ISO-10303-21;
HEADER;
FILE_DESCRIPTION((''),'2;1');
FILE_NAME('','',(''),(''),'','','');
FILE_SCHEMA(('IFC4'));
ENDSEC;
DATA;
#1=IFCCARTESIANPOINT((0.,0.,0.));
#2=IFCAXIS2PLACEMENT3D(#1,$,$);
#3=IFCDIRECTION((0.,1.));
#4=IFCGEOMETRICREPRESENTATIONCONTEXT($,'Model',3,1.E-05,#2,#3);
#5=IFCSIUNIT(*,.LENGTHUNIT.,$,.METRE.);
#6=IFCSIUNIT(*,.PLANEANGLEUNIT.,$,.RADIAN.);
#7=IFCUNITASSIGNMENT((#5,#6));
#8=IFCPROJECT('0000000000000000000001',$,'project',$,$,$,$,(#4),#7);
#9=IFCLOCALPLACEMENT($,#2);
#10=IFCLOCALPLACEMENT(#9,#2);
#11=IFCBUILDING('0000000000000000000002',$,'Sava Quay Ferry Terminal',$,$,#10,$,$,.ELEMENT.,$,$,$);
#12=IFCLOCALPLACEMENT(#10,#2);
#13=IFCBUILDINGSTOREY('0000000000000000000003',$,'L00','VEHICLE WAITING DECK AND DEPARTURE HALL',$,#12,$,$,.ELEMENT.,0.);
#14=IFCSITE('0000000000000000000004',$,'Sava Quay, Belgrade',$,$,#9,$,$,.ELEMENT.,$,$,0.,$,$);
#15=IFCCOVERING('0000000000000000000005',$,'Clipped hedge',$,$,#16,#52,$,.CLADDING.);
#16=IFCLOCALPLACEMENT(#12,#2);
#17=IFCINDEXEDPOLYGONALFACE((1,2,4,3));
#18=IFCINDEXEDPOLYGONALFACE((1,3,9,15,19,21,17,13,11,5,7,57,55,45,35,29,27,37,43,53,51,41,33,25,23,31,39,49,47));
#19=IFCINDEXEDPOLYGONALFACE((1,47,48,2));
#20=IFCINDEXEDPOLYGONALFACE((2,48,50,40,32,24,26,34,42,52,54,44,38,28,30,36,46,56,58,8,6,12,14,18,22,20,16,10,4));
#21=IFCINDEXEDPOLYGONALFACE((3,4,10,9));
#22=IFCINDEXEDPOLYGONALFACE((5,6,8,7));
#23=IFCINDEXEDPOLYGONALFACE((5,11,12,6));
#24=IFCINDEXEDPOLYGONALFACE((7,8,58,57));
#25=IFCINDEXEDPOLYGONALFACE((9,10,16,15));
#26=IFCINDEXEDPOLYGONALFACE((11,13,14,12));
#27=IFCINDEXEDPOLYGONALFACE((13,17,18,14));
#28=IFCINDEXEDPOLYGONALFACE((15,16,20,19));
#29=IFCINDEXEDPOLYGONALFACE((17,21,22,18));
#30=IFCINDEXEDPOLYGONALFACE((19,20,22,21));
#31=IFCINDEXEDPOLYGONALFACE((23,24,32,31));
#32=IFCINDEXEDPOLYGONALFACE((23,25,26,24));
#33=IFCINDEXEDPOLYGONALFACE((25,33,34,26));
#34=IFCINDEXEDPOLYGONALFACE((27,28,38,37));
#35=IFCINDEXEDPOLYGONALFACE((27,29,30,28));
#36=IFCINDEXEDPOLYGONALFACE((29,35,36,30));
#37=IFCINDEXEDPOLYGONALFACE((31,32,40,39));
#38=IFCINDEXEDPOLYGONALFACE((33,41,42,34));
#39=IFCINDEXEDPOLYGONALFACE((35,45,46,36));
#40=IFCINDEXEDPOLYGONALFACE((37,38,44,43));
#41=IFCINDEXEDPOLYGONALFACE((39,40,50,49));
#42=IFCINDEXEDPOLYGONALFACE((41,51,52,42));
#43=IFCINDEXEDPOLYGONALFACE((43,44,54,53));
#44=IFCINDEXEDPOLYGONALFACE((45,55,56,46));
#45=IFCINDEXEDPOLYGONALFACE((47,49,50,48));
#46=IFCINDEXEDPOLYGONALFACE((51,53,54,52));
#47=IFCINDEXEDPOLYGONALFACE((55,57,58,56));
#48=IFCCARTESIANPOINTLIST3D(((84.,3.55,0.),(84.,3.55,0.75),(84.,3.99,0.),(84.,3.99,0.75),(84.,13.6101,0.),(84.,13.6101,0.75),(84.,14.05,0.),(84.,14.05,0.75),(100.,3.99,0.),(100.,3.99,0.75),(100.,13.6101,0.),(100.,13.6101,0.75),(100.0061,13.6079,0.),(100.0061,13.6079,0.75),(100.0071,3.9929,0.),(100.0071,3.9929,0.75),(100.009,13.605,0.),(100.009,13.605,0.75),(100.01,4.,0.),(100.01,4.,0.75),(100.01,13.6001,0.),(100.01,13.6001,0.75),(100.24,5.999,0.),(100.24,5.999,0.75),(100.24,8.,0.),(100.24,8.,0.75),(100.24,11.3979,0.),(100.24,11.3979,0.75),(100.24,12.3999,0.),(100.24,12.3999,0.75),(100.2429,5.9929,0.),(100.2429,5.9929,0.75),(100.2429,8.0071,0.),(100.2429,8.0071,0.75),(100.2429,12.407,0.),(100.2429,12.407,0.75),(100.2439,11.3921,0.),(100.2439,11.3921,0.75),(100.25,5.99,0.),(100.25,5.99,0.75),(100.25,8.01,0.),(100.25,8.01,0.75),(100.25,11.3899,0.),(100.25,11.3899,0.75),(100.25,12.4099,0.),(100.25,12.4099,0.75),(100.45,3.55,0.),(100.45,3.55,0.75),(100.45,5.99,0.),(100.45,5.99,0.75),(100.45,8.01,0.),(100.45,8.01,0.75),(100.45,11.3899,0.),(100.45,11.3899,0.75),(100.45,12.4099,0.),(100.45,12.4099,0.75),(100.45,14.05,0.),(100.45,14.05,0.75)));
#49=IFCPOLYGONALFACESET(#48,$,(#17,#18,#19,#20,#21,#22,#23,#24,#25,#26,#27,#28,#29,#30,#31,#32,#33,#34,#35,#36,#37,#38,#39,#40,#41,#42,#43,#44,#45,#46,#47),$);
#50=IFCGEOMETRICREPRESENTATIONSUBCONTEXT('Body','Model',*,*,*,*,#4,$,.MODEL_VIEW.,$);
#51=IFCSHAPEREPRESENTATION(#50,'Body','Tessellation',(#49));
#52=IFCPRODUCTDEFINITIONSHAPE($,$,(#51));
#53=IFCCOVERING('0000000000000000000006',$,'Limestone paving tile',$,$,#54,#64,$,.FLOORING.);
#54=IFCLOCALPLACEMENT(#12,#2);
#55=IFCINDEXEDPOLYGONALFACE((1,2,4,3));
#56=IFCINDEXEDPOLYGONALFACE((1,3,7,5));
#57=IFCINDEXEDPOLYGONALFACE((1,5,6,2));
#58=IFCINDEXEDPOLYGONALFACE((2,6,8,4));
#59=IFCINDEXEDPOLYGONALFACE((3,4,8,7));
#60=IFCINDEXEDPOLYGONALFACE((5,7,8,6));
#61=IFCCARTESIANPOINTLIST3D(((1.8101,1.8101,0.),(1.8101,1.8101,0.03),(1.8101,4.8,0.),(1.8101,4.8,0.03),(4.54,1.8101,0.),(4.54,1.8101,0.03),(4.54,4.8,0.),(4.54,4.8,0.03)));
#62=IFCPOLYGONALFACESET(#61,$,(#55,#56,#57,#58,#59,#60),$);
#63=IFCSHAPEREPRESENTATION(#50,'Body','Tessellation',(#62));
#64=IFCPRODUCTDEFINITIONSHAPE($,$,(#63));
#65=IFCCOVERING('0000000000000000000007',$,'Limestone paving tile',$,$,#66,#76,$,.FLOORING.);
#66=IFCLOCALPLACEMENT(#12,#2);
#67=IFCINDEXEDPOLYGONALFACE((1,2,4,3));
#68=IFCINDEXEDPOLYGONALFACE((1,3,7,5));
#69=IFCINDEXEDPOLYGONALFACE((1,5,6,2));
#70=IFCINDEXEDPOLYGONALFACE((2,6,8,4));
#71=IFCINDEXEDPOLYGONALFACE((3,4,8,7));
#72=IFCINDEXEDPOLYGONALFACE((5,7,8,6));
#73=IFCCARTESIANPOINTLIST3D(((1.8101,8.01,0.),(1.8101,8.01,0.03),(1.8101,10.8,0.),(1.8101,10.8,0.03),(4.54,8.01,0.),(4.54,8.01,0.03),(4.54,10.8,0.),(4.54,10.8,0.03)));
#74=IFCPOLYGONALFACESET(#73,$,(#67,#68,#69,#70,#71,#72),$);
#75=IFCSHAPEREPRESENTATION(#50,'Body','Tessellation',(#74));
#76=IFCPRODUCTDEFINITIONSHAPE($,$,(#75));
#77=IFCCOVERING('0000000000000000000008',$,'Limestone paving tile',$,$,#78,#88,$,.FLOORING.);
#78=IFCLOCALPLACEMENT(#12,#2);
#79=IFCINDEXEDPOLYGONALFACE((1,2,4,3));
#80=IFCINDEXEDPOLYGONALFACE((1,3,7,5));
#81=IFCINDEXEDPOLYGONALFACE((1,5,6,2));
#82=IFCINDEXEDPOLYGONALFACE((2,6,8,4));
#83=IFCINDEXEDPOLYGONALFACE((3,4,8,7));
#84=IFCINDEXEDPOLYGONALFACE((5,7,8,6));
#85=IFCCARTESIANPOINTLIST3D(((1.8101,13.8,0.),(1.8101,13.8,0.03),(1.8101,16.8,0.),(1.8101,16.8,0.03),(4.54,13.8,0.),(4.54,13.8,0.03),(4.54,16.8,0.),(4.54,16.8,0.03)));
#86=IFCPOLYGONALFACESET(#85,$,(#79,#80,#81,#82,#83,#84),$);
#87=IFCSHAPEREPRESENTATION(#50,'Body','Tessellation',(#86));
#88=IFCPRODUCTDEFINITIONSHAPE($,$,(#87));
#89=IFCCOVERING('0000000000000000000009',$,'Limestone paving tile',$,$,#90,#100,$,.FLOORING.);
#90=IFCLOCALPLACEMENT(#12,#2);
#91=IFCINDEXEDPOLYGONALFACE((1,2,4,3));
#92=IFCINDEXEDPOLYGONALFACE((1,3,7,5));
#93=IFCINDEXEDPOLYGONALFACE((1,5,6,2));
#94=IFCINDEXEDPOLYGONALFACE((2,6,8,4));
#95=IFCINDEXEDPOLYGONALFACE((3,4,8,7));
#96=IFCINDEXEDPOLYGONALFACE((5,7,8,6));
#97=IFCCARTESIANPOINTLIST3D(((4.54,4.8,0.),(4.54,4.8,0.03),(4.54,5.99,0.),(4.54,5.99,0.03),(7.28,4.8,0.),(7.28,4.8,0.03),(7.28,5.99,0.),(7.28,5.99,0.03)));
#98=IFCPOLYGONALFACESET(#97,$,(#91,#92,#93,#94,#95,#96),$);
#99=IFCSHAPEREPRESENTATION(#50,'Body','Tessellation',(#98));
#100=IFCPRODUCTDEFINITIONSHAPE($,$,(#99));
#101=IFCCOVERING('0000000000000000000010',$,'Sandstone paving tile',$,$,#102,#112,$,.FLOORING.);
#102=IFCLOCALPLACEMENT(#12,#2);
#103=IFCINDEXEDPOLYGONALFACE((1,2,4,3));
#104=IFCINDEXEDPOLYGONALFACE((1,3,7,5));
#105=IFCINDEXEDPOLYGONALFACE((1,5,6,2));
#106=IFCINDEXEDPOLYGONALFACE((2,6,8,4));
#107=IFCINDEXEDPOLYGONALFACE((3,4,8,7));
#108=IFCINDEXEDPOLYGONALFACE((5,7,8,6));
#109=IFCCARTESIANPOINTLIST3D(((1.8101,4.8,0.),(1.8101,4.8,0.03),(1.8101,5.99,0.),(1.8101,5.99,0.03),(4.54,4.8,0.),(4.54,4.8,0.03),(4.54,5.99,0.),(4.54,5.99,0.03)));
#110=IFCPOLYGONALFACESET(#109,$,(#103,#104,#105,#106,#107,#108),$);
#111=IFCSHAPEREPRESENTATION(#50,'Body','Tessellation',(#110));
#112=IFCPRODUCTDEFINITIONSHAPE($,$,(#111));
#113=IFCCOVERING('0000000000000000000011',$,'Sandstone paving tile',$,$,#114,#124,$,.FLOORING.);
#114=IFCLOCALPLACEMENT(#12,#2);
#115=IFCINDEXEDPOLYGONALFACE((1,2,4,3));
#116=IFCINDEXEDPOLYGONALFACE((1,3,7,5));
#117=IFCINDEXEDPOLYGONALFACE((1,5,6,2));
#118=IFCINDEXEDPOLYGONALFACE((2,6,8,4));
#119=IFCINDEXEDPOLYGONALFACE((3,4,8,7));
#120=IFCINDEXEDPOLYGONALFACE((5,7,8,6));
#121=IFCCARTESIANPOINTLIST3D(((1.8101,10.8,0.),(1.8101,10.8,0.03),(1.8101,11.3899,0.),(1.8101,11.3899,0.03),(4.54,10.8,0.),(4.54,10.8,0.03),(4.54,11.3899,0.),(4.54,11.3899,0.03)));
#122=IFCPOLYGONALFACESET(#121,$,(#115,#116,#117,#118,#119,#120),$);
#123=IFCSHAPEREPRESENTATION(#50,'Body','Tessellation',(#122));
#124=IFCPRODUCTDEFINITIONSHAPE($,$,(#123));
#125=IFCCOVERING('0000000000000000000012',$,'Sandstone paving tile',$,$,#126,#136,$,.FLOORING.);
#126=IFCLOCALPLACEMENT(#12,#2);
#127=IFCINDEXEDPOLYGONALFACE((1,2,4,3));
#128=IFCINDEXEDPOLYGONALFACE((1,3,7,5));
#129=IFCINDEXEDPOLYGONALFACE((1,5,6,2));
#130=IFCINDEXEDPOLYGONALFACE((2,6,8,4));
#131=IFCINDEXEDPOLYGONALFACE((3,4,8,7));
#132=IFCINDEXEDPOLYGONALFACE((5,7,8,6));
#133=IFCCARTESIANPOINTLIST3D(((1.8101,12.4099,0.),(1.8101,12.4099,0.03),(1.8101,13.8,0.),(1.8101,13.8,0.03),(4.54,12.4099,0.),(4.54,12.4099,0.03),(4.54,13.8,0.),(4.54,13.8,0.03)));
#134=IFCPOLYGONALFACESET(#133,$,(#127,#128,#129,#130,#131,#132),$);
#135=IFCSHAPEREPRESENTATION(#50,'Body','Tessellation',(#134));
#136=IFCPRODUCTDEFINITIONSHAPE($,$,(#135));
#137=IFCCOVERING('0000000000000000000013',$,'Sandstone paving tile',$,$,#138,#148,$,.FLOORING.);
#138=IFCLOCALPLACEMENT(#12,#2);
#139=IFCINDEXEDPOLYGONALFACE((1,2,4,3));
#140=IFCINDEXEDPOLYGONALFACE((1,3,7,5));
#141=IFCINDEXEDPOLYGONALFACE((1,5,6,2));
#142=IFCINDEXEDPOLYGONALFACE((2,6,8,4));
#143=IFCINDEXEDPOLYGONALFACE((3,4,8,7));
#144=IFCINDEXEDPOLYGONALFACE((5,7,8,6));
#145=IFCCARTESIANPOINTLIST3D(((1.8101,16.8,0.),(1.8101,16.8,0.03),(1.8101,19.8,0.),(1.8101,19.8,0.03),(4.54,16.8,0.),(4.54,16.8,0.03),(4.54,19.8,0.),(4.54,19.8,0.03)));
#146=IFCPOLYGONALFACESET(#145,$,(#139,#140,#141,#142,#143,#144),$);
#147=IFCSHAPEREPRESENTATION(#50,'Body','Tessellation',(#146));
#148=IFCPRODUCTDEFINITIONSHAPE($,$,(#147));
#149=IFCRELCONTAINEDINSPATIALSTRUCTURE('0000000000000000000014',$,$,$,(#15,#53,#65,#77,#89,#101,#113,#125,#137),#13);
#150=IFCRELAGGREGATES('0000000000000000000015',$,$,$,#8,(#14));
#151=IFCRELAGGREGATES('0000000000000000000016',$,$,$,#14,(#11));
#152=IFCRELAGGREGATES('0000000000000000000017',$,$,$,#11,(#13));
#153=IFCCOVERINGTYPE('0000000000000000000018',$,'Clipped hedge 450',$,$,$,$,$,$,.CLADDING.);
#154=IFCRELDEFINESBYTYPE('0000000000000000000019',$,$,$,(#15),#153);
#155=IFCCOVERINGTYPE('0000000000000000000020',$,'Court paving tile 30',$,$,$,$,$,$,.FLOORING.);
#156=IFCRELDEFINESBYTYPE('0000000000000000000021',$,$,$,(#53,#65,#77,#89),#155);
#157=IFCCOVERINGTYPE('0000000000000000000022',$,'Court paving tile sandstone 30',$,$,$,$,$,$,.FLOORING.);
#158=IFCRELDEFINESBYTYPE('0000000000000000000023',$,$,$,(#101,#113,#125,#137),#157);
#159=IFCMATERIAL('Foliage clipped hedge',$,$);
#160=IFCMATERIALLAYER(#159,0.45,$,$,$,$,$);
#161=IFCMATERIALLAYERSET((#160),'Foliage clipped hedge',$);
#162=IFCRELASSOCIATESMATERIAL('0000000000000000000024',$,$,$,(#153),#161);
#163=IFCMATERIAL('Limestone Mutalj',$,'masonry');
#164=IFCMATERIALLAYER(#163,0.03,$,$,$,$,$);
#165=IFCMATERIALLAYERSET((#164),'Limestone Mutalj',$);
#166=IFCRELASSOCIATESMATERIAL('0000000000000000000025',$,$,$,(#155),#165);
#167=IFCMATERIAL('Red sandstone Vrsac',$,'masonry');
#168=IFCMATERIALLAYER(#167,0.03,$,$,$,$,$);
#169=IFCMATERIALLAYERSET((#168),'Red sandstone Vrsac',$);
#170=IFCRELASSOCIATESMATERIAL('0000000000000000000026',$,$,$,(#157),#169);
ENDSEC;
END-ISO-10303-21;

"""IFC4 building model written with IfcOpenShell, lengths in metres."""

from ifc_helpers import new_model, si_unit, direction, origin, place, context, subcontext, project, spatial, polyline, outline, extrude, material, layer, layer_set, type_object, element, save


model = new_model("IFC4")

# Units and contexts
model_context = context("Model", 3, precision=1e-05, world=origin(), true_north=direction((0.0, 1.0)))
body_context = subcontext(model_context, "Body", "Model", "MODEL_VIEW")
ifc_project = project(units=[si_unit("LENGTHUNIT", "METRE"), si_unit("PLANEANGLEUNIT", "RADIAN")], contexts=[model_context])

# Site, building, storey
site_placement = place(None, origin())
site = spatial("IfcSite", under=ifc_project, at=site_placement, Name="Sava Quay, Belgrade", CompositionType="ELEMENT", RefElevation=0.0)
building_placement = place(site_placement, origin())
building = spatial("IfcBuilding", under=site, at=building_placement, Name="Sava Quay Ferry Terminal", CompositionType="ELEMENT")
storey_placement = place(building_placement, origin())
storey = spatial("IfcBuildingStorey", under=building, at=storey_placement, Name="L00", Description="VEHICLE WAITING DECK AND DEPARTURE HALL", CompositionType="ELEMENT", Elevation=0.0)

# Coverings
ifc_material_1 = material(Name="Foliage clipped hedge")
ifc_layer_1 = layer(ifc_material_1, 0.45)
ifc_layer_set_1 = layer_set([ifc_layer_1], Name="Foliage clipped hedge")
covering_type_1 = type_object("IfcCoveringType", Name="Clipped hedge 450", PredefinedType="CLADDING", material=ifc_layer_set_1)
covering_1_placement = place(storey_placement, origin())
element("IfcCovering", 1, at=covering_1_placement, inside=storey, type_object=covering_type_1, Name="Clipped hedge", PredefinedType="CLADDING", context=body_context, shape_type="SweptSolid", body=[
    extrude(outline(polyline([(100.45, 12.4099), (100.45, 14.05), (84.0, 14.05), (84.0, 13.6101), (100.0, 13.6101), (100.0061, 13.6079), (100.009, 13.605), (100.01, 13.6001), (100.01, 4.0), (100.0071, 3.9929), (100.0, 3.99), (84.0, 3.99), (84.0, 3.55), (100.45, 3.55), (100.45, 5.99), (100.25, 5.99), (100.2429, 5.9929), (100.24, 5.999), (100.24, 8.0), (100.2429, 8.0071), (100.25, 8.01), (100.45, 8.01), (100.45, 11.3899), (100.25, 11.3899), (100.2439, 11.3921), (100.24, 11.3979), (100.24, 12.3999), (100.2429, 12.407), (100.25, 12.4099), (100.45, 12.4099)])), origin(), (0.0, 0.0, 1.0), 0.75),
])
ifc_material_2 = material(Name="Limestone Mutalj", Category="masonry")
ifc_layer_2 = layer(ifc_material_2, 0.03)
ifc_layer_set_2 = layer_set([ifc_layer_2], Name="Limestone Mutalj")
covering_type_2 = type_object("IfcCoveringType", Name="Court paving tile 30", PredefinedType="FLOORING", material=ifc_layer_set_2)
covering_2_placement = place(storey_placement, origin())
element("IfcCovering", 2, at=covering_2_placement, inside=storey, type_object=covering_type_2, Name="Limestone paving tile", PredefinedType="FLOORING", context=body_context, shape_type="SweptSolid", body=[
    extrude(outline(polyline([(4.54, 4.8), (1.8101, 4.8), (1.8101, 1.8101), (4.54, 1.8101), (4.54, 4.8)])), origin(), (0.0, 0.0, 1.0), 0.03),
])
covering_3_placement = place(storey_placement, origin())
element("IfcCovering", 3, at=covering_3_placement, inside=storey, type_object=covering_type_2, Name="Limestone paving tile", PredefinedType="FLOORING", context=body_context, shape_type="SweptSolid", body=[
    extrude(outline(polyline([(4.54, 10.8), (1.8101, 10.8), (1.8101, 8.01), (4.54, 8.01), (4.54, 10.8)])), origin(), (0.0, 0.0, 1.0), 0.03),
])
covering_4_placement = place(storey_placement, origin())
element("IfcCovering", 4, at=covering_4_placement, inside=storey, type_object=covering_type_2, Name="Limestone paving tile", PredefinedType="FLOORING", context=body_context, shape_type="SweptSolid", body=[
    extrude(outline(polyline([(4.54, 16.8), (1.8101, 16.8), (1.8101, 13.8), (4.54, 13.8), (4.54, 16.8)])), origin(), (0.0, 0.0, 1.0), 0.03),
])
covering_5_placement = place(storey_placement, origin())
element("IfcCovering", 5, at=covering_5_placement, inside=storey, type_object=covering_type_2, Name="Limestone paving tile", PredefinedType="FLOORING", context=body_context, shape_type="SweptSolid", body=[
    extrude(outline(polyline([(7.28, 4.8), (7.28, 5.99), (4.54, 5.99), (4.54, 4.8), (7.28, 4.8)])), origin(), (0.0, 0.0, 1.0), 0.03),
])
ifc_material_3 = material(Name="Red sandstone Vrsac", Category="masonry")
ifc_layer_3 = layer(ifc_material_3, 0.03)
ifc_layer_set_3 = layer_set([ifc_layer_3], Name="Red sandstone Vrsac")
covering_type_3 = type_object("IfcCoveringType", Name="Court paving tile sandstone 30", PredefinedType="FLOORING", material=ifc_layer_set_3)
covering_6_placement = place(storey_placement, origin())
element("IfcCovering", 6, at=covering_6_placement, inside=storey, type_object=covering_type_3, Name="Sandstone paving tile", PredefinedType="FLOORING", context=body_context, shape_type="SweptSolid", body=[
    extrude(outline(polyline([(4.54, 4.8), (4.54, 5.99), (1.8101, 5.99), (1.8101, 4.8), (4.54, 4.8)])), origin(), (0.0, 0.0, 1.0), 0.03),
])
covering_7_placement = place(storey_placement, origin())
element("IfcCovering", 7, at=covering_7_placement, inside=storey, type_object=covering_type_3, Name="Sandstone paving tile", PredefinedType="FLOORING", context=body_context, shape_type="SweptSolid", body=[
    extrude(outline(polyline([(4.54, 10.8), (4.54, 11.3899), (1.8101, 11.3899), (1.8101, 10.8), (4.54, 10.8)])), origin(), (0.0, 0.0, 1.0), 0.03),
])
covering_8_placement = place(storey_placement, origin())
element("IfcCovering", 8, at=covering_8_placement, inside=storey, type_object=covering_type_3, Name="Sandstone paving tile", PredefinedType="FLOORING", context=body_context, shape_type="SweptSolid", body=[
    extrude(outline(polyline([(4.54, 13.8), (1.8101, 13.8), (1.8101, 12.4099), (4.54, 12.4099), (4.54, 13.8)])), origin(), (0.0, 0.0, 1.0), 0.03),
])
covering_9_placement = place(storey_placement, origin())
element("IfcCovering", 9, at=covering_9_placement, inside=storey, type_object=covering_type_3, Name="Sandstone paving tile", PredefinedType="FLOORING", context=body_context, shape_type="SweptSolid", body=[
    extrude(outline(polyline([(4.54, 16.8), (4.54, 19.8), (1.8101, 19.8), (1.8101, 16.8), (4.54, 16.8)])), origin(), (0.0, 0.0, 1.0), 0.03),
])

save(model, "model.ifc")
